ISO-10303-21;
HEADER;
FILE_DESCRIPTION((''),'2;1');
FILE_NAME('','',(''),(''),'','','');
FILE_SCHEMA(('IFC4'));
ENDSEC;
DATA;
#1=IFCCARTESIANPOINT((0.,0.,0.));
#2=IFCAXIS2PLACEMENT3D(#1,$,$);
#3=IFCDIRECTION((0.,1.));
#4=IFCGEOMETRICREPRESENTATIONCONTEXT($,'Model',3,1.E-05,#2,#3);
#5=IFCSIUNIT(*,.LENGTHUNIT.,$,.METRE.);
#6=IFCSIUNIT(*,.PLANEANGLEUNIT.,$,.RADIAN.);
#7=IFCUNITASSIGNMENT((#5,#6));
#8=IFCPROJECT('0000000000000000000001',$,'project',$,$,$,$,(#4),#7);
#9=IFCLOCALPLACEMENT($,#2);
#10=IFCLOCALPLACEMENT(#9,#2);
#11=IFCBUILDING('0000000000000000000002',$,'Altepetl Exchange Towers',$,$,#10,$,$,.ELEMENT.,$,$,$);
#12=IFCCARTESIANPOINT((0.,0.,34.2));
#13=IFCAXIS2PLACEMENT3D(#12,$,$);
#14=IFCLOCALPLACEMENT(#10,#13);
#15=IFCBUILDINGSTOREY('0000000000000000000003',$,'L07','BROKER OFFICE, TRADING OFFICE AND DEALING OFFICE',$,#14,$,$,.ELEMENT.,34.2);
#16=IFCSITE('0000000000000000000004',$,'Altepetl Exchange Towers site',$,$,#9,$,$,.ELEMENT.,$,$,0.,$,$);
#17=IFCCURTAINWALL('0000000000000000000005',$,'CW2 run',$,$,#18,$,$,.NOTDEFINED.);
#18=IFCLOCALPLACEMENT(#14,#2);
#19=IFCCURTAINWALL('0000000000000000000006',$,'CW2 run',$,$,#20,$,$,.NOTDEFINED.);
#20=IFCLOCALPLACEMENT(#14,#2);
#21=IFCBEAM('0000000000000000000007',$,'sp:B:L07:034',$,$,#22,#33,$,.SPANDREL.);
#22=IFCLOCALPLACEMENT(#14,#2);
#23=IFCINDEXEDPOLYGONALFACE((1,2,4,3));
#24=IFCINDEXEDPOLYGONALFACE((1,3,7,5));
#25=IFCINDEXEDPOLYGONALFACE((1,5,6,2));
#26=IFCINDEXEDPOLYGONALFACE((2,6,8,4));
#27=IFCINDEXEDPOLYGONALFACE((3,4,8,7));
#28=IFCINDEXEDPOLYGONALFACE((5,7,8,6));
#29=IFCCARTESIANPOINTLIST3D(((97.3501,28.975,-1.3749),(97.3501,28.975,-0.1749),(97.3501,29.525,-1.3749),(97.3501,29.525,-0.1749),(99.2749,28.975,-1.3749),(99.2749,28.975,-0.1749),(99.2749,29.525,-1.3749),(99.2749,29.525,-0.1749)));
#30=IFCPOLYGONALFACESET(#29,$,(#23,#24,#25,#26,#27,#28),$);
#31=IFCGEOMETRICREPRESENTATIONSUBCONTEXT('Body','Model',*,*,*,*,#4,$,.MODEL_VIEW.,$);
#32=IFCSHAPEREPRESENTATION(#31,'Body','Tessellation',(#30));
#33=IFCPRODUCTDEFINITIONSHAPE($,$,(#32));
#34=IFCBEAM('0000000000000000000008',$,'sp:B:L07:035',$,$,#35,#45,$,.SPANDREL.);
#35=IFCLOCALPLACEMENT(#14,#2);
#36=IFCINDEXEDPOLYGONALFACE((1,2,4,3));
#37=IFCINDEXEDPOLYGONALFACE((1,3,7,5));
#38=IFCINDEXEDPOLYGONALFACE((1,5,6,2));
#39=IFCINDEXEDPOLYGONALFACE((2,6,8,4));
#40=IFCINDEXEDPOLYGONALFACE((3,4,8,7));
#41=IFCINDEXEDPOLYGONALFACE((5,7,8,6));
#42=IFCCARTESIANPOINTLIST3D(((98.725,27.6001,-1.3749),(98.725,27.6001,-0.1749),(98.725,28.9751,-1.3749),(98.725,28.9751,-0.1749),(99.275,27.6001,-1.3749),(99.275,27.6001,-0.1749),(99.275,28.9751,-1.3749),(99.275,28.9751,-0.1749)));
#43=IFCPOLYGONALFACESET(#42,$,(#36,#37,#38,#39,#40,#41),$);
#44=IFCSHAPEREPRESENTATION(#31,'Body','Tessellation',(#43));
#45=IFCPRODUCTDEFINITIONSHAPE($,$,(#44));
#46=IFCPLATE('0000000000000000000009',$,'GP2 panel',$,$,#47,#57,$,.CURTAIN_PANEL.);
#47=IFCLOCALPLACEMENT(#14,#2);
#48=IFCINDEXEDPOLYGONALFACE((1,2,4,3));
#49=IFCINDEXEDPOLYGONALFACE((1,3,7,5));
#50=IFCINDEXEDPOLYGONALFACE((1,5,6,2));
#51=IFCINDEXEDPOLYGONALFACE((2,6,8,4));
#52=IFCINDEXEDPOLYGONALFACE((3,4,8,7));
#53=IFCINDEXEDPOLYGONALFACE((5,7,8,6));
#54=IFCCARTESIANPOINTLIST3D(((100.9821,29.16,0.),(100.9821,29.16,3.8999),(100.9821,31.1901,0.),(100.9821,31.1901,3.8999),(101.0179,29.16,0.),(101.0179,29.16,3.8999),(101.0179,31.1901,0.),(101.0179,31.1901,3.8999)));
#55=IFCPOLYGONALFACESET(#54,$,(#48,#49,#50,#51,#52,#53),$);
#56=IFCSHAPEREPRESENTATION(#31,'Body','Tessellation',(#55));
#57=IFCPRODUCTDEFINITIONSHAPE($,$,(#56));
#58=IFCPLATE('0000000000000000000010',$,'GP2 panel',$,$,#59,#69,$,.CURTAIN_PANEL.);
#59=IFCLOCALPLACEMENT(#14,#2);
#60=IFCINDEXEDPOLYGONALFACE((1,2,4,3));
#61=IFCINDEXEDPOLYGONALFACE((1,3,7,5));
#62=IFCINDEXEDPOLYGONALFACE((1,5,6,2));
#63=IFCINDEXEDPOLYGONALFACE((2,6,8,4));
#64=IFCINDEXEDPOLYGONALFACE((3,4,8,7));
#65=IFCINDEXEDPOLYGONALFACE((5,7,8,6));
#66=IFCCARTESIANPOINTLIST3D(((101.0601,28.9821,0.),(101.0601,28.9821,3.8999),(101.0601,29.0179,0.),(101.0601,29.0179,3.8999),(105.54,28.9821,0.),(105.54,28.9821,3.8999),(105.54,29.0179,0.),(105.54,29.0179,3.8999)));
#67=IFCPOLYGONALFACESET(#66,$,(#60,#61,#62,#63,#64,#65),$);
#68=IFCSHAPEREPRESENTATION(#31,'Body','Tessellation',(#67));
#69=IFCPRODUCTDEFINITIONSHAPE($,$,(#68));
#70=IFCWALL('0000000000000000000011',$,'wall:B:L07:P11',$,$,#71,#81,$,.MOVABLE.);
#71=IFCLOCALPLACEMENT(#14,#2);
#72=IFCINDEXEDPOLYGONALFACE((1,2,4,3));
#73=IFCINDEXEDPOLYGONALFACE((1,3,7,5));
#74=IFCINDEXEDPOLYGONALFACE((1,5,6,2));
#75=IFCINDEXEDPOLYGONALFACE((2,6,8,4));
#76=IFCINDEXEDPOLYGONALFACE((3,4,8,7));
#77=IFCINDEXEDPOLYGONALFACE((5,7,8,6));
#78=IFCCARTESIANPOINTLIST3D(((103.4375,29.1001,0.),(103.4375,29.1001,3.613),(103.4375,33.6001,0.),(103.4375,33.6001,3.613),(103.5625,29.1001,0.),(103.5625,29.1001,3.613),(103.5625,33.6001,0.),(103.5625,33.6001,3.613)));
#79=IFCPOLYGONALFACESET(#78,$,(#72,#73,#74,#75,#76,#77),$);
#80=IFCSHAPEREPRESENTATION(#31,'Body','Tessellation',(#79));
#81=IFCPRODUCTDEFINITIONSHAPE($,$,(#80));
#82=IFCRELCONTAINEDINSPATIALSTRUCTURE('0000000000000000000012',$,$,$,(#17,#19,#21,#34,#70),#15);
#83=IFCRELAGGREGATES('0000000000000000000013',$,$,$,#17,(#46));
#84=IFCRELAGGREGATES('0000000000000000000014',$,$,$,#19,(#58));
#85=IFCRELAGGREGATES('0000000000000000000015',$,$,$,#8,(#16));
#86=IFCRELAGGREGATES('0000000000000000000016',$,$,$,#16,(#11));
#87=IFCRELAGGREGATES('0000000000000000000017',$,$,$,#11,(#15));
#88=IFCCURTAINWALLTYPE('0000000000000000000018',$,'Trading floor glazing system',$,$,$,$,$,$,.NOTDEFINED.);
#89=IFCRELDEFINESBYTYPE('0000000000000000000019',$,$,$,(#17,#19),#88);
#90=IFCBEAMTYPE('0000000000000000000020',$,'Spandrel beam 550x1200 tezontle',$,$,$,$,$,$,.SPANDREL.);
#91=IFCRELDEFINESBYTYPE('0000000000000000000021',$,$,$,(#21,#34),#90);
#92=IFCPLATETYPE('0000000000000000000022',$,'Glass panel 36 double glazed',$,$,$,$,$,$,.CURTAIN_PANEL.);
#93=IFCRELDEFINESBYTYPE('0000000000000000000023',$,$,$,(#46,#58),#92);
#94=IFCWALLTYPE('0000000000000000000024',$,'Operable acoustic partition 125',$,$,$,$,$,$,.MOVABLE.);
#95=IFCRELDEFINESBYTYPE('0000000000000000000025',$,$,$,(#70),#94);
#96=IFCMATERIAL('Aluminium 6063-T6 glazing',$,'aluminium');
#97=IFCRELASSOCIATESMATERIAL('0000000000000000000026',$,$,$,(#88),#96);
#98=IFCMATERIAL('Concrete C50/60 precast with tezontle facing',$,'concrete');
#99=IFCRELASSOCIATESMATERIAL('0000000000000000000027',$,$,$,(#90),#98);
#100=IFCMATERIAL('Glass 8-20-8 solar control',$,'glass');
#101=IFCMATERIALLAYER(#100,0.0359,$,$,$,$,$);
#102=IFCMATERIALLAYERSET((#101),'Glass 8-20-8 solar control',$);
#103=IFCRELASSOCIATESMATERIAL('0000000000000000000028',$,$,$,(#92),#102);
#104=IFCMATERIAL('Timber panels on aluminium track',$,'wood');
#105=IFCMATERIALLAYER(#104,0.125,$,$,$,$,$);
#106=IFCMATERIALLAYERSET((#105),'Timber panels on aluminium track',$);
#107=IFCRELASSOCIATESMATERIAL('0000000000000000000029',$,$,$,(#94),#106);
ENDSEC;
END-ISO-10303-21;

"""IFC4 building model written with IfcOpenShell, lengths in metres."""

from ifc_helpers import new_model, si_unit, direction, frame, frame_2d, origin, origin_2d, place, context, subcontext, project, spatial, rectangle, extrude, material, layer, layer_set, material_profile, profile_set, type_object, element, aggregate, save


model = new_model("IFC4")

# Units and contexts
model_context = context("Model", 3, precision=1e-05, world=origin(), true_north=direction((0.0, 1.0)))
body_context = subcontext(model_context, "Body", "Model", "MODEL_VIEW")
ifc_project = project(units=[si_unit("LENGTHUNIT", "METRE"), si_unit("PLANEANGLEUNIT", "RADIAN")], contexts=[model_context])

# Site, building, storey
site_placement = place(None, origin())
site = spatial("IfcSite", under=ifc_project, at=site_placement, Name="Altepetl Exchange Towers site", CompositionType="ELEMENT", RefElevation=0.0)
building_placement = place(site_placement, origin())
building = spatial("IfcBuilding", under=site, at=building_placement, Name="Altepetl Exchange Towers", CompositionType="ELEMENT")
storey_placement = place(building_placement, frame((0.0, 0.0, 34.2)))
storey = spatial("IfcBuildingStorey", under=building, at=storey_placement, Name="L07", Description="BROKER OFFICE, TRADING OFFICE AND DEALING OFFICE", CompositionType="ELEMENT", Elevation=34.2)

# Shared definitions
ifc_material_1 = material(Name="Aluminium 6063-T6 glazing", Category="aluminium")
curtain_wall_type = type_object("IfcCurtainWallType", Name="Trading floor glazing system", PredefinedType="NOTDEFINED", material=ifc_material_1)

# Curtain wall
curtain_wall_1_placement = place(storey_placement, origin())
curtain_wall_1 = element("IfcCurtainWall", 1, at=curtain_wall_1_placement, inside=storey, type_object=curtain_wall_type, Name="CW2 run", PredefinedType="NOTDEFINED")

# Curtain wall
curtain_wall_2_placement = place(storey_placement, origin())
curtain_wall_2 = element("IfcCurtainWall", 2, at=curtain_wall_2_placement, inside=storey, type_object=curtain_wall_type, Name="CW2 run", PredefinedType="NOTDEFINED")

# Beams
ifc_material_2 = material(Name="Concrete C50/60 precast with tezontle facing", Category="concrete")
ifc_material_profile_1 = material_profile(ifc_material_2, rectangle(XDim=0.55, YDim=1.2, at=origin_2d()), Name="550 x 1200")
ifc_profile_set_1 = profile_set([ifc_material_profile_1], Name="Concrete C50/60 precast with tezontle facing")
beam_type_1 = type_object("IfcBeamType", Name="Spandrel beam 550x1200 tezontle", PredefinedType="SPANDREL", material=ifc_profile_set_1)
beam_1_placement = place(storey_placement, frame((97.3501, 29.25, -0.7749), z_axis=(1.0, 0.0, 0.0), x_axis=(0.0, 1.0, 0.0)))
element("IfcBeam", 3, at=beam_1_placement, inside=storey, type_object=beam_type_1, Name="sp:B:L07:034", PredefinedType="SPANDREL", context=body_context, shape_type="SweptSolid", body=[
    extrude(rectangle(XDim=0.55, YDim=1.2, at=origin_2d()), origin(), (0.0, 0.0, 1.0), 1.9248),
])
beam_2_placement = place(storey_placement, frame((99.0, 28.9751, -0.7749), z_axis=(0.0, -1.0, 0.0), x_axis=(1.0, 0.0, 0.0)))
element("IfcBeam", 4, at=beam_2_placement, inside=storey, type_object=beam_type_1, Name="sp:B:L07:035", PredefinedType="SPANDREL", context=body_context, shape_type="SweptSolid", body=[
    extrude(rectangle(XDim=0.55, YDim=1.2, at=origin_2d()), origin(), (0.0, 0.0, 1.0), 1.375),
])

# Plates
ifc_material_3 = material(Name="Glass 8-20-8 solar control", Category="glass")
ifc_layer_1 = layer(ifc_material_3, 0.0359)
ifc_layer_set_1 = layer_set([ifc_layer_1], Name="Glass 8-20-8 solar control")
plate_type = type_object("IfcPlateType", Name="Glass panel 36 double glazed", PredefinedType="CURTAIN_PANEL", material=ifc_layer_set_1)
plate_1_placement = place(storey_placement, frame((101.0, 30.175, 0.0), z_axis=(0.0, 0.0, 1.0), x_axis=(0.0, -1.0, 0.0)))
plate_1 = element("IfcPlate", 5, at=plate_1_placement, type_object=plate_type, Name="GP2 panel", PredefinedType="CURTAIN_PANEL", context=body_context, shape_type="SweptSolid", body=[
    extrude(rectangle(XDim=2.03, YDim=0.0359, at=origin_2d()), origin(), (0.0, 0.0, 1.0), 3.8999),
])
aggregate(curtain_wall_1, [plate_1])
plate_2_placement = place(storey_placement, frame((103.3, 29.0, 0.0)))
plate_2 = element("IfcPlate", 6, at=plate_2_placement, type_object=plate_type, Name="GP2 panel", PredefinedType="CURTAIN_PANEL", context=body_context, shape_type="SweptSolid", body=[
    extrude(rectangle(XDim=4.48, YDim=0.0359, at=origin_2d()), origin(), (0.0, 0.0, 1.0), 3.8999),
])
aggregate(curtain_wall_2, [plate_2])

# Wall
ifc_material_4 = material(Name="Timber panels on aluminium track", Category="wood")
ifc_layer_2 = layer(ifc_material_4, 0.125)
ifc_layer_set_2 = layer_set([ifc_layer_2], Name="Timber panels on aluminium track")
wall_type = type_object("IfcWallType", Name="Operable acoustic partition 125", PredefinedType="MOVABLE", material=ifc_layer_set_2)
wall_placement = place(storey_placement, frame((103.5, 29.1001, 0.0), z_axis=(0.0, 0.0, 1.0), x_axis=(0.0, 1.0, 0.0)))
element("IfcWall", 7, at=wall_placement, inside=storey, type_object=wall_type, Name="wall:B:L07:P11", PredefinedType="MOVABLE", context=body_context, shape_type="SweptSolid", body=[
    extrude(rectangle(XDim=4.5, YDim=0.125, at=frame_2d((2.25, 0.0))), origin(), (0.0, 0.0, 1.0), 3.613),
])

save(model, "model.ifc")
